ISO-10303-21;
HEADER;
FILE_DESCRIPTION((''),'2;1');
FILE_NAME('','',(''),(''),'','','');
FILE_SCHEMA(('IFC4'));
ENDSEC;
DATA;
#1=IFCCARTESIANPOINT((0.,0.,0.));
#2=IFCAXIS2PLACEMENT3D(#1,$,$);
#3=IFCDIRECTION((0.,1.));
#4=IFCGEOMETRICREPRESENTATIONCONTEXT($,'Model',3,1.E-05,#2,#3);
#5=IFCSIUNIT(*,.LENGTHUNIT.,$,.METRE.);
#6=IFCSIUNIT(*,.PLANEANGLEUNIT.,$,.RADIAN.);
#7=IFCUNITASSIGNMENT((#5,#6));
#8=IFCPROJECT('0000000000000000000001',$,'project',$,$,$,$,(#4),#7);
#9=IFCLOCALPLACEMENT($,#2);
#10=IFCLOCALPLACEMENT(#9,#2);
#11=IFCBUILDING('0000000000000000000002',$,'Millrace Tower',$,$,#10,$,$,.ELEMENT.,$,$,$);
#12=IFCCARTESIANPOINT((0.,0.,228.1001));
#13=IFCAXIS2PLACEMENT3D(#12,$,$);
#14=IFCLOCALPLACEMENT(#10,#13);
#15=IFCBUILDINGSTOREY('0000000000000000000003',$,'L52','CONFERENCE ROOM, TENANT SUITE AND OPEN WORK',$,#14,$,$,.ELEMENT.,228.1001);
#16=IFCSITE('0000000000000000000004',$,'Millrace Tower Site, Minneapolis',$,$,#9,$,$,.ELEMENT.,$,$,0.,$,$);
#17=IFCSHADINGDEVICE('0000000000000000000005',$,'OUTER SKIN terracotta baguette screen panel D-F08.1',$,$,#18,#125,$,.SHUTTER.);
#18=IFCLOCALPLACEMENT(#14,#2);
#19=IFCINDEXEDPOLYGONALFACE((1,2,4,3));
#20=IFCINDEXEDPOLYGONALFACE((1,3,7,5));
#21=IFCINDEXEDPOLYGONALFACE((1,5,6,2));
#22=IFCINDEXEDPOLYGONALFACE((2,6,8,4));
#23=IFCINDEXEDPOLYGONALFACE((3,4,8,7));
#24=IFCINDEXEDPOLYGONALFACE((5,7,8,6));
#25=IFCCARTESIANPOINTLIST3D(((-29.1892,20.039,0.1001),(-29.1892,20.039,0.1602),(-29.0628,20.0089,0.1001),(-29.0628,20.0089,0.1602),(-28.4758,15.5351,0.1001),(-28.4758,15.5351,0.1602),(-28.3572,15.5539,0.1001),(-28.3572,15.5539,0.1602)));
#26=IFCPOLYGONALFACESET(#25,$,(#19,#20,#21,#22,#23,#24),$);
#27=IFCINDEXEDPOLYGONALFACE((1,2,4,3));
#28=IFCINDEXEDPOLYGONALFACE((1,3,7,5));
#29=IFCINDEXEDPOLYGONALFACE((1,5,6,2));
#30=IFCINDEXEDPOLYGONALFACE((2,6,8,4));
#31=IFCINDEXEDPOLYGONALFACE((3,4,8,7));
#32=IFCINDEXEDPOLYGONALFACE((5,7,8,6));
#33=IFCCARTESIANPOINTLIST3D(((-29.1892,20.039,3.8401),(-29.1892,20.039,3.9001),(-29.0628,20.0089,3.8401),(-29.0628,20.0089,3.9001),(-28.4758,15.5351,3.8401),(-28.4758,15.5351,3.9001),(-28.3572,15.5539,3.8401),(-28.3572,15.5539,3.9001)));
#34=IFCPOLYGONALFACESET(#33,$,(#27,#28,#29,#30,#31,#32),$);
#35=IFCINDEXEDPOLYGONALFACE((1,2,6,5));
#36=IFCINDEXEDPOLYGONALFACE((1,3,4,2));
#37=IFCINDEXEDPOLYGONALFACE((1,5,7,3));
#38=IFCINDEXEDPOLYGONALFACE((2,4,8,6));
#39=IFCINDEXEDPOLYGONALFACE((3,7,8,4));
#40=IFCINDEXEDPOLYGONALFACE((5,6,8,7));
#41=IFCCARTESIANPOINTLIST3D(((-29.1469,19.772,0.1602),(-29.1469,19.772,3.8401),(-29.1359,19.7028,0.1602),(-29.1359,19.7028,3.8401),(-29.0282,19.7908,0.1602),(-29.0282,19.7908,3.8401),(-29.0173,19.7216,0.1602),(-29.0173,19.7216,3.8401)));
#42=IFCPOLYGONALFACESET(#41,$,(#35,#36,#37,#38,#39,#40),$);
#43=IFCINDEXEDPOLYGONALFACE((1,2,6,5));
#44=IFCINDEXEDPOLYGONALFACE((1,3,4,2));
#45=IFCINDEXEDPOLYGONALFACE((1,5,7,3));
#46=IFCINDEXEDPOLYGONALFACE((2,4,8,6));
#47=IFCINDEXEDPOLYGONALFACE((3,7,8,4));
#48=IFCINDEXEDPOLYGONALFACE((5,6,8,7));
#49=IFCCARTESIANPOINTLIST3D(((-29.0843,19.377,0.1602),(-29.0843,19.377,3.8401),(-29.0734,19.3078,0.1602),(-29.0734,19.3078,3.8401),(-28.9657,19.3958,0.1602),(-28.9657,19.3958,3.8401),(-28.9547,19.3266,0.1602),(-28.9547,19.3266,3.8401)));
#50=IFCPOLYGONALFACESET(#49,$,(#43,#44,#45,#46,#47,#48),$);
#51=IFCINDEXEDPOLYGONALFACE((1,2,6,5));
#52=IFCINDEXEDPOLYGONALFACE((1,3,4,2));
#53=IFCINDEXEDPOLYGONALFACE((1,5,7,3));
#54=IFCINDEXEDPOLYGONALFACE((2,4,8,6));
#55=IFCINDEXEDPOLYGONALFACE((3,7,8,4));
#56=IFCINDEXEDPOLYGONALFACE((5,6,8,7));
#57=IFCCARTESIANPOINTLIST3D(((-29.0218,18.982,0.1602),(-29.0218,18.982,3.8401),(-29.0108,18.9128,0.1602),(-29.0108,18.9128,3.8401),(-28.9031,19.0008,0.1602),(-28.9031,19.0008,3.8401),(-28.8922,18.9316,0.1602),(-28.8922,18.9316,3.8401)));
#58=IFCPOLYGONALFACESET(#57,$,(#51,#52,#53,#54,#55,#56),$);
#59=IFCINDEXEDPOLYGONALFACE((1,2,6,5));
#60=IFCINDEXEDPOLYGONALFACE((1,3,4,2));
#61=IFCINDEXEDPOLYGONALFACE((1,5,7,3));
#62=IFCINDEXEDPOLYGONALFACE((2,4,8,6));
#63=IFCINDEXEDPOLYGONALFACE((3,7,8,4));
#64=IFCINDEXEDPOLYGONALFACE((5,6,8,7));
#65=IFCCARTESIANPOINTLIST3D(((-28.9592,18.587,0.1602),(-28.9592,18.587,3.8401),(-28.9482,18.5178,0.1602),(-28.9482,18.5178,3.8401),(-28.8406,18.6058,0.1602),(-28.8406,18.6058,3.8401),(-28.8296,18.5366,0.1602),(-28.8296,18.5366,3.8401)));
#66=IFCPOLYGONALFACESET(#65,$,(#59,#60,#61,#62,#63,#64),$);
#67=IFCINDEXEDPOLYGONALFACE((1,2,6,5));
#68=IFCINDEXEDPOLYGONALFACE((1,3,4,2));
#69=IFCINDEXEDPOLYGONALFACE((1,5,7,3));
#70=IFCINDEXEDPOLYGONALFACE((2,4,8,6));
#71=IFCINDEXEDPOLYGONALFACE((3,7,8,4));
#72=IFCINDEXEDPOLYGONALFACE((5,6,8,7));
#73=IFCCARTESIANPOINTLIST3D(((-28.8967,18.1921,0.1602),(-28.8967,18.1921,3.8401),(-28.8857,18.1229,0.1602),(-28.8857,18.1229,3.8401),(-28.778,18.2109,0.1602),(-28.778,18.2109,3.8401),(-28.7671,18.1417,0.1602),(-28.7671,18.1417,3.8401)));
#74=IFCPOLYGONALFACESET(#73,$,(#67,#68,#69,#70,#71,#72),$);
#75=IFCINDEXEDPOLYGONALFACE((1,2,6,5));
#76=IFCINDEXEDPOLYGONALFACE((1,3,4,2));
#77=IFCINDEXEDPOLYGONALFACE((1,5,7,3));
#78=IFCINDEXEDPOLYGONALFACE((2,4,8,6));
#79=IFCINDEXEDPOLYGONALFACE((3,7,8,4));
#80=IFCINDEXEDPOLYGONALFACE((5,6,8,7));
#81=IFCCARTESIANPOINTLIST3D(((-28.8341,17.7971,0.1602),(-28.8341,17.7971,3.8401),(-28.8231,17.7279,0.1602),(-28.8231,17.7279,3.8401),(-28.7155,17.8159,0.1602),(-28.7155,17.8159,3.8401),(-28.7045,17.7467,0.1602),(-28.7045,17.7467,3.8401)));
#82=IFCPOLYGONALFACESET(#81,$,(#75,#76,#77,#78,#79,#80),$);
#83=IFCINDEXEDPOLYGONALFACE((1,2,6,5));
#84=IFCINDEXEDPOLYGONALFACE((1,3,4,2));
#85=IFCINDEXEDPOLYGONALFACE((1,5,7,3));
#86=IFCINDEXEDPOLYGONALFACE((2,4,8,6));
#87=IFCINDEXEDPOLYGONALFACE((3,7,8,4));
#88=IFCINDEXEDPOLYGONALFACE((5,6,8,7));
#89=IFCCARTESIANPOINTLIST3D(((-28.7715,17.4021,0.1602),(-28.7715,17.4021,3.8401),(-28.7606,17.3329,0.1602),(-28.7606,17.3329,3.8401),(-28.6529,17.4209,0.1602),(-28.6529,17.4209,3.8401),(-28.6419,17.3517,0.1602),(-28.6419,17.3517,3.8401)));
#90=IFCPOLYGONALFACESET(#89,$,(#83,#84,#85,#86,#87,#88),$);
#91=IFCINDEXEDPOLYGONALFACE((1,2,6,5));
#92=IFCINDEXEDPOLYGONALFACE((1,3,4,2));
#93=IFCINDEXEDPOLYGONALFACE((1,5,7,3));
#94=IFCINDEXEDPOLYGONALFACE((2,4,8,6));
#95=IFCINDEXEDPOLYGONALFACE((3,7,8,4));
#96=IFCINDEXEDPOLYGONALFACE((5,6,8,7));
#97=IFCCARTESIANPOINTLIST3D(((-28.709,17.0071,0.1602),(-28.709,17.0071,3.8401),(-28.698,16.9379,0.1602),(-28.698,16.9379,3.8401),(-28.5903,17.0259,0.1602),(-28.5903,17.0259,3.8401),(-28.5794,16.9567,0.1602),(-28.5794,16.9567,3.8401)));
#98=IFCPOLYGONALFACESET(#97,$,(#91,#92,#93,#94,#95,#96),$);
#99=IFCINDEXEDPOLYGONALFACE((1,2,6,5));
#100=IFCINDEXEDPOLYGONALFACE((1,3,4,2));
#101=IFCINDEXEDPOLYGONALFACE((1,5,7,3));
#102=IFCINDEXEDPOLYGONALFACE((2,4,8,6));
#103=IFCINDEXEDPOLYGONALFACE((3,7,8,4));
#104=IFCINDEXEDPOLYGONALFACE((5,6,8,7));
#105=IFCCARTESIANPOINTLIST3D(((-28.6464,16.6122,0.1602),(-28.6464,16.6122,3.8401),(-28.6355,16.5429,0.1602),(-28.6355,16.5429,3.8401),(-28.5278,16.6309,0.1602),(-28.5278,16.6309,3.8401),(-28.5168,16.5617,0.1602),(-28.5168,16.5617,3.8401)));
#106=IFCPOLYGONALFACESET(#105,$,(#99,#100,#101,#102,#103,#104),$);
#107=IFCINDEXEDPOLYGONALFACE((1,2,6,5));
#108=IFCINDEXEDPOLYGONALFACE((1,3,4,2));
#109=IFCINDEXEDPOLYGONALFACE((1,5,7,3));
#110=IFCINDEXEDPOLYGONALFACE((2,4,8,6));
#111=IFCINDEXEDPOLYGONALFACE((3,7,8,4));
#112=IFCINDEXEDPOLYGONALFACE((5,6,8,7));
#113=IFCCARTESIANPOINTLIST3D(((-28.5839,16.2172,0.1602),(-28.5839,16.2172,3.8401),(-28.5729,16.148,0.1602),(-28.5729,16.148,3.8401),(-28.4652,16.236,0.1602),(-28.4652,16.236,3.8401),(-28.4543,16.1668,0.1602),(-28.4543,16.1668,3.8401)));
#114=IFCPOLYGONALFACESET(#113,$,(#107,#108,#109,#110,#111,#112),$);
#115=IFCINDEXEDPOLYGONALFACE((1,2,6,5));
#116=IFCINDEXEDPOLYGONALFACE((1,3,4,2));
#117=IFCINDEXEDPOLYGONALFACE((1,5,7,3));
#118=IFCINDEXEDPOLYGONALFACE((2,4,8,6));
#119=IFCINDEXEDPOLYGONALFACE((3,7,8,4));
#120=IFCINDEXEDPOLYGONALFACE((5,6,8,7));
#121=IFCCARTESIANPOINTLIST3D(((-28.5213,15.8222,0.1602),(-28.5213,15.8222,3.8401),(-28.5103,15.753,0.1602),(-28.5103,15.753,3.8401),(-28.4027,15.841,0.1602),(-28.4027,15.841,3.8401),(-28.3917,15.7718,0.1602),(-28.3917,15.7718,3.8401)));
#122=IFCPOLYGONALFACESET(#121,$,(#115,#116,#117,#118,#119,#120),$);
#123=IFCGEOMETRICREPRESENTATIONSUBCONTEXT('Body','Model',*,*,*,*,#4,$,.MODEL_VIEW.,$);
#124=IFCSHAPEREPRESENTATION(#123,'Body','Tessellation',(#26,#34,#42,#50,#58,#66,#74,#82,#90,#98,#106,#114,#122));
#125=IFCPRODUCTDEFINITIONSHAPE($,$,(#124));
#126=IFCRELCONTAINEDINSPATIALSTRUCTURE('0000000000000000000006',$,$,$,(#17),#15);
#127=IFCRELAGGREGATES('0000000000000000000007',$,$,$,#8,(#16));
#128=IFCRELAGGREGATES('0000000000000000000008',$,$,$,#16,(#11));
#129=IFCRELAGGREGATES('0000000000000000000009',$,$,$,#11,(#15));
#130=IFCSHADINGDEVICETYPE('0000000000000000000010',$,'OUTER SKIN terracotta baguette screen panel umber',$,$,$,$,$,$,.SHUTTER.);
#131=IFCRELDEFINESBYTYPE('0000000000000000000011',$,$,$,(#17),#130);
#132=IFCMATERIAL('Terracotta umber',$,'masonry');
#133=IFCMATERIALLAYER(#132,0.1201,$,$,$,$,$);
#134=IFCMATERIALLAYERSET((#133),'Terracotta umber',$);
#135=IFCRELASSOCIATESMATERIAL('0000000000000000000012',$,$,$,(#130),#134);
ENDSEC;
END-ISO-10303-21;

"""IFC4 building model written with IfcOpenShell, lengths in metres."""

from ifc_helpers import new_model, entity, si_unit, direction, frame, frame_2d, origin, place, context, subcontext, project, spatial, rectangle, extrude, source, transform, mapped, material, layer, layer_set, type_object, element, save


model = new_model("IFC4")

# Units and contexts
model_context = context("Model", 3, precision=1e-05, world=origin(), true_north=direction((0.0, 1.0)))
body_context = subcontext(model_context, "Body", "Model", "MODEL_VIEW")
ifc_project = project(units=[si_unit("LENGTHUNIT", "METRE"), si_unit("PLANEANGLEUNIT", "RADIAN")], contexts=[model_context])

# Site, building, storey
site_placement = place(None, origin())
site = spatial("IfcSite", under=ifc_project, at=site_placement, Name="Millrace Tower Site, Minneapolis", CompositionType="ELEMENT", RefElevation=0.0)
building_placement = place(site_placement, origin())
building = spatial("IfcBuilding", under=site, at=building_placement, Name="Millrace Tower", CompositionType="ELEMENT")
storey_placement = place(building_placement, frame((0.0, 0.0, 228.1001)))
storey = spatial("IfcBuildingStorey", under=building, at=storey_placement, Name="L52", Description="CONFERENCE ROOM, TENANT SUITE AND OPEN WORK", CompositionType="ELEMENT", Elevation=228.1001)

# Shading device
ifc_material_1 = material(Name="Terracotta umber", Category="masonry")
ifc_layer_1 = layer(ifc_material_1, 0.1201)
ifc_layer_set_1 = layer_set([ifc_layer_1], Name="Terracotta umber")
shading_device_type = type_object("IfcShadingDeviceType", Name="OUTER SKIN terracotta baguette screen panel umber", PredefinedType="SHUTTER", material=ifc_layer_set_1)
cartesian_point_1 = entity("IfcCartesianPoint", [-2.2429, 0.0601])
shared_polyline_1 = entity("IfcPolyline", [cartesian_point_1, entity("IfcCartesianPoint", [2.2676, 0.0601]), entity("IfcCartesianPoint", [2.2676, -0.0601]), entity("IfcCartesianPoint", [-2.2925, -0.0601]), cartesian_point_1])
shared_shape_1 = source(origin(), body_context, "Body", "SweptSolid", [
    entity("IfcExtrudedAreaSolid", entity("IfcArbitraryClosedProfileDef", "AREA", None, shared_polyline_1), entity("IfcAxis2Placement3D", entity("IfcCartesianPoint", [0.0, 0.0, 0.0])), entity("IfcDirection", [0.0, 0.0, 1.0]), 0.0601),
    entity("IfcExtrudedAreaSolid", entity("IfcArbitraryClosedProfileDef", "AREA", None, shared_polyline_1), entity("IfcAxis2Placement3D", entity("IfcCartesianPoint", [0.0, 0.0, 3.74])), entity("IfcDirection", [0.0, 0.0, 1.0]), 0.0601),
    extrude(rectangle(XDim=0.0701, YDim=0.1201, at=frame_2d((-1.9871, 0.0))), frame((0.0, 0.0, 0.0601)), (0.0, 0.0, 1.0), 3.6799),
    extrude(rectangle(XDim=0.0701, YDim=0.1201, at=frame_2d((-1.5872, 0.0))), frame((0.0, 0.0, 0.0601)), (0.0, 0.0, 1.0), 3.6799),
    extrude(rectangle(XDim=0.0701, YDim=0.1201, at=frame_2d((-1.1873, 0.0))), frame((0.0, 0.0, 0.0601)), (0.0, 0.0, 1.0), 3.6799),
    extrude(rectangle(XDim=0.0701, YDim=0.1201, at=frame_2d((-0.7874, 0.0))), frame((0.0, 0.0, 0.0601)), (0.0, 0.0, 1.0), 3.6799),
    extrude(rectangle(XDim=0.0701, YDim=0.1201, at=frame_2d((-0.3875, 0.0))), frame((0.0, 0.0, 0.0601)), (0.0, 0.0, 1.0), 3.6799),
    extrude(rectangle(XDim=0.0701, YDim=0.1201, at=frame_2d((0.0125, 0.0))), frame((0.0, 0.0, 0.0601)), (0.0, 0.0, 1.0), 3.6799),
    extrude(rectangle(XDim=0.0701, YDim=0.1201, at=frame_2d((0.4124, 0.0))), frame((0.0, 0.0, 0.0601)), (0.0, 0.0, 1.0), 3.6799),
    extrude(rectangle(XDim=0.0701, YDim=0.1201, at=frame_2d((0.8123, 0.0))), frame((0.0, 0.0, 0.0601)), (0.0, 0.0, 1.0), 3.6799),
    extrude(rectangle(XDim=0.0701, YDim=0.1201, at=frame_2d((1.2122, 0.0))), frame((0.0, 0.0, 0.0601)), (0.0, 0.0, 1.0), 3.6799),
    extrude(rectangle(XDim=0.0701, YDim=0.1201, at=frame_2d((1.6121, 0.0))), frame((0.0, 0.0, 0.0601)), (0.0, 0.0, 1.0), 3.6799),
    extrude(rectangle(XDim=0.0701, YDim=0.1201, at=frame_2d((2.012, 0.0))), frame((0.0, 0.0, 0.0601)), (0.0, 0.0, 1.0), 3.6799),
])
shading_device_placement = place(storey_placement, frame((-28.7712, 17.7842, 0.1001), z_axis=(0.0, 0.0, 1.0), x_axis=(0.156434, -0.987688, 0.0)))
element("IfcShadingDevice", 1, at=shading_device_placement, inside=storey, type_object=shading_device_type, Name="OUTER SKIN terracotta baguette screen panel D-F08.1", PredefinedType="SHUTTER", context=body_context, shape_type="MappedRepresentation", body=[
    mapped(shared_shape_1, transform((0.0, 0.0, 0.0), scale=1.0)),
])

save(model, "model.ifc")
